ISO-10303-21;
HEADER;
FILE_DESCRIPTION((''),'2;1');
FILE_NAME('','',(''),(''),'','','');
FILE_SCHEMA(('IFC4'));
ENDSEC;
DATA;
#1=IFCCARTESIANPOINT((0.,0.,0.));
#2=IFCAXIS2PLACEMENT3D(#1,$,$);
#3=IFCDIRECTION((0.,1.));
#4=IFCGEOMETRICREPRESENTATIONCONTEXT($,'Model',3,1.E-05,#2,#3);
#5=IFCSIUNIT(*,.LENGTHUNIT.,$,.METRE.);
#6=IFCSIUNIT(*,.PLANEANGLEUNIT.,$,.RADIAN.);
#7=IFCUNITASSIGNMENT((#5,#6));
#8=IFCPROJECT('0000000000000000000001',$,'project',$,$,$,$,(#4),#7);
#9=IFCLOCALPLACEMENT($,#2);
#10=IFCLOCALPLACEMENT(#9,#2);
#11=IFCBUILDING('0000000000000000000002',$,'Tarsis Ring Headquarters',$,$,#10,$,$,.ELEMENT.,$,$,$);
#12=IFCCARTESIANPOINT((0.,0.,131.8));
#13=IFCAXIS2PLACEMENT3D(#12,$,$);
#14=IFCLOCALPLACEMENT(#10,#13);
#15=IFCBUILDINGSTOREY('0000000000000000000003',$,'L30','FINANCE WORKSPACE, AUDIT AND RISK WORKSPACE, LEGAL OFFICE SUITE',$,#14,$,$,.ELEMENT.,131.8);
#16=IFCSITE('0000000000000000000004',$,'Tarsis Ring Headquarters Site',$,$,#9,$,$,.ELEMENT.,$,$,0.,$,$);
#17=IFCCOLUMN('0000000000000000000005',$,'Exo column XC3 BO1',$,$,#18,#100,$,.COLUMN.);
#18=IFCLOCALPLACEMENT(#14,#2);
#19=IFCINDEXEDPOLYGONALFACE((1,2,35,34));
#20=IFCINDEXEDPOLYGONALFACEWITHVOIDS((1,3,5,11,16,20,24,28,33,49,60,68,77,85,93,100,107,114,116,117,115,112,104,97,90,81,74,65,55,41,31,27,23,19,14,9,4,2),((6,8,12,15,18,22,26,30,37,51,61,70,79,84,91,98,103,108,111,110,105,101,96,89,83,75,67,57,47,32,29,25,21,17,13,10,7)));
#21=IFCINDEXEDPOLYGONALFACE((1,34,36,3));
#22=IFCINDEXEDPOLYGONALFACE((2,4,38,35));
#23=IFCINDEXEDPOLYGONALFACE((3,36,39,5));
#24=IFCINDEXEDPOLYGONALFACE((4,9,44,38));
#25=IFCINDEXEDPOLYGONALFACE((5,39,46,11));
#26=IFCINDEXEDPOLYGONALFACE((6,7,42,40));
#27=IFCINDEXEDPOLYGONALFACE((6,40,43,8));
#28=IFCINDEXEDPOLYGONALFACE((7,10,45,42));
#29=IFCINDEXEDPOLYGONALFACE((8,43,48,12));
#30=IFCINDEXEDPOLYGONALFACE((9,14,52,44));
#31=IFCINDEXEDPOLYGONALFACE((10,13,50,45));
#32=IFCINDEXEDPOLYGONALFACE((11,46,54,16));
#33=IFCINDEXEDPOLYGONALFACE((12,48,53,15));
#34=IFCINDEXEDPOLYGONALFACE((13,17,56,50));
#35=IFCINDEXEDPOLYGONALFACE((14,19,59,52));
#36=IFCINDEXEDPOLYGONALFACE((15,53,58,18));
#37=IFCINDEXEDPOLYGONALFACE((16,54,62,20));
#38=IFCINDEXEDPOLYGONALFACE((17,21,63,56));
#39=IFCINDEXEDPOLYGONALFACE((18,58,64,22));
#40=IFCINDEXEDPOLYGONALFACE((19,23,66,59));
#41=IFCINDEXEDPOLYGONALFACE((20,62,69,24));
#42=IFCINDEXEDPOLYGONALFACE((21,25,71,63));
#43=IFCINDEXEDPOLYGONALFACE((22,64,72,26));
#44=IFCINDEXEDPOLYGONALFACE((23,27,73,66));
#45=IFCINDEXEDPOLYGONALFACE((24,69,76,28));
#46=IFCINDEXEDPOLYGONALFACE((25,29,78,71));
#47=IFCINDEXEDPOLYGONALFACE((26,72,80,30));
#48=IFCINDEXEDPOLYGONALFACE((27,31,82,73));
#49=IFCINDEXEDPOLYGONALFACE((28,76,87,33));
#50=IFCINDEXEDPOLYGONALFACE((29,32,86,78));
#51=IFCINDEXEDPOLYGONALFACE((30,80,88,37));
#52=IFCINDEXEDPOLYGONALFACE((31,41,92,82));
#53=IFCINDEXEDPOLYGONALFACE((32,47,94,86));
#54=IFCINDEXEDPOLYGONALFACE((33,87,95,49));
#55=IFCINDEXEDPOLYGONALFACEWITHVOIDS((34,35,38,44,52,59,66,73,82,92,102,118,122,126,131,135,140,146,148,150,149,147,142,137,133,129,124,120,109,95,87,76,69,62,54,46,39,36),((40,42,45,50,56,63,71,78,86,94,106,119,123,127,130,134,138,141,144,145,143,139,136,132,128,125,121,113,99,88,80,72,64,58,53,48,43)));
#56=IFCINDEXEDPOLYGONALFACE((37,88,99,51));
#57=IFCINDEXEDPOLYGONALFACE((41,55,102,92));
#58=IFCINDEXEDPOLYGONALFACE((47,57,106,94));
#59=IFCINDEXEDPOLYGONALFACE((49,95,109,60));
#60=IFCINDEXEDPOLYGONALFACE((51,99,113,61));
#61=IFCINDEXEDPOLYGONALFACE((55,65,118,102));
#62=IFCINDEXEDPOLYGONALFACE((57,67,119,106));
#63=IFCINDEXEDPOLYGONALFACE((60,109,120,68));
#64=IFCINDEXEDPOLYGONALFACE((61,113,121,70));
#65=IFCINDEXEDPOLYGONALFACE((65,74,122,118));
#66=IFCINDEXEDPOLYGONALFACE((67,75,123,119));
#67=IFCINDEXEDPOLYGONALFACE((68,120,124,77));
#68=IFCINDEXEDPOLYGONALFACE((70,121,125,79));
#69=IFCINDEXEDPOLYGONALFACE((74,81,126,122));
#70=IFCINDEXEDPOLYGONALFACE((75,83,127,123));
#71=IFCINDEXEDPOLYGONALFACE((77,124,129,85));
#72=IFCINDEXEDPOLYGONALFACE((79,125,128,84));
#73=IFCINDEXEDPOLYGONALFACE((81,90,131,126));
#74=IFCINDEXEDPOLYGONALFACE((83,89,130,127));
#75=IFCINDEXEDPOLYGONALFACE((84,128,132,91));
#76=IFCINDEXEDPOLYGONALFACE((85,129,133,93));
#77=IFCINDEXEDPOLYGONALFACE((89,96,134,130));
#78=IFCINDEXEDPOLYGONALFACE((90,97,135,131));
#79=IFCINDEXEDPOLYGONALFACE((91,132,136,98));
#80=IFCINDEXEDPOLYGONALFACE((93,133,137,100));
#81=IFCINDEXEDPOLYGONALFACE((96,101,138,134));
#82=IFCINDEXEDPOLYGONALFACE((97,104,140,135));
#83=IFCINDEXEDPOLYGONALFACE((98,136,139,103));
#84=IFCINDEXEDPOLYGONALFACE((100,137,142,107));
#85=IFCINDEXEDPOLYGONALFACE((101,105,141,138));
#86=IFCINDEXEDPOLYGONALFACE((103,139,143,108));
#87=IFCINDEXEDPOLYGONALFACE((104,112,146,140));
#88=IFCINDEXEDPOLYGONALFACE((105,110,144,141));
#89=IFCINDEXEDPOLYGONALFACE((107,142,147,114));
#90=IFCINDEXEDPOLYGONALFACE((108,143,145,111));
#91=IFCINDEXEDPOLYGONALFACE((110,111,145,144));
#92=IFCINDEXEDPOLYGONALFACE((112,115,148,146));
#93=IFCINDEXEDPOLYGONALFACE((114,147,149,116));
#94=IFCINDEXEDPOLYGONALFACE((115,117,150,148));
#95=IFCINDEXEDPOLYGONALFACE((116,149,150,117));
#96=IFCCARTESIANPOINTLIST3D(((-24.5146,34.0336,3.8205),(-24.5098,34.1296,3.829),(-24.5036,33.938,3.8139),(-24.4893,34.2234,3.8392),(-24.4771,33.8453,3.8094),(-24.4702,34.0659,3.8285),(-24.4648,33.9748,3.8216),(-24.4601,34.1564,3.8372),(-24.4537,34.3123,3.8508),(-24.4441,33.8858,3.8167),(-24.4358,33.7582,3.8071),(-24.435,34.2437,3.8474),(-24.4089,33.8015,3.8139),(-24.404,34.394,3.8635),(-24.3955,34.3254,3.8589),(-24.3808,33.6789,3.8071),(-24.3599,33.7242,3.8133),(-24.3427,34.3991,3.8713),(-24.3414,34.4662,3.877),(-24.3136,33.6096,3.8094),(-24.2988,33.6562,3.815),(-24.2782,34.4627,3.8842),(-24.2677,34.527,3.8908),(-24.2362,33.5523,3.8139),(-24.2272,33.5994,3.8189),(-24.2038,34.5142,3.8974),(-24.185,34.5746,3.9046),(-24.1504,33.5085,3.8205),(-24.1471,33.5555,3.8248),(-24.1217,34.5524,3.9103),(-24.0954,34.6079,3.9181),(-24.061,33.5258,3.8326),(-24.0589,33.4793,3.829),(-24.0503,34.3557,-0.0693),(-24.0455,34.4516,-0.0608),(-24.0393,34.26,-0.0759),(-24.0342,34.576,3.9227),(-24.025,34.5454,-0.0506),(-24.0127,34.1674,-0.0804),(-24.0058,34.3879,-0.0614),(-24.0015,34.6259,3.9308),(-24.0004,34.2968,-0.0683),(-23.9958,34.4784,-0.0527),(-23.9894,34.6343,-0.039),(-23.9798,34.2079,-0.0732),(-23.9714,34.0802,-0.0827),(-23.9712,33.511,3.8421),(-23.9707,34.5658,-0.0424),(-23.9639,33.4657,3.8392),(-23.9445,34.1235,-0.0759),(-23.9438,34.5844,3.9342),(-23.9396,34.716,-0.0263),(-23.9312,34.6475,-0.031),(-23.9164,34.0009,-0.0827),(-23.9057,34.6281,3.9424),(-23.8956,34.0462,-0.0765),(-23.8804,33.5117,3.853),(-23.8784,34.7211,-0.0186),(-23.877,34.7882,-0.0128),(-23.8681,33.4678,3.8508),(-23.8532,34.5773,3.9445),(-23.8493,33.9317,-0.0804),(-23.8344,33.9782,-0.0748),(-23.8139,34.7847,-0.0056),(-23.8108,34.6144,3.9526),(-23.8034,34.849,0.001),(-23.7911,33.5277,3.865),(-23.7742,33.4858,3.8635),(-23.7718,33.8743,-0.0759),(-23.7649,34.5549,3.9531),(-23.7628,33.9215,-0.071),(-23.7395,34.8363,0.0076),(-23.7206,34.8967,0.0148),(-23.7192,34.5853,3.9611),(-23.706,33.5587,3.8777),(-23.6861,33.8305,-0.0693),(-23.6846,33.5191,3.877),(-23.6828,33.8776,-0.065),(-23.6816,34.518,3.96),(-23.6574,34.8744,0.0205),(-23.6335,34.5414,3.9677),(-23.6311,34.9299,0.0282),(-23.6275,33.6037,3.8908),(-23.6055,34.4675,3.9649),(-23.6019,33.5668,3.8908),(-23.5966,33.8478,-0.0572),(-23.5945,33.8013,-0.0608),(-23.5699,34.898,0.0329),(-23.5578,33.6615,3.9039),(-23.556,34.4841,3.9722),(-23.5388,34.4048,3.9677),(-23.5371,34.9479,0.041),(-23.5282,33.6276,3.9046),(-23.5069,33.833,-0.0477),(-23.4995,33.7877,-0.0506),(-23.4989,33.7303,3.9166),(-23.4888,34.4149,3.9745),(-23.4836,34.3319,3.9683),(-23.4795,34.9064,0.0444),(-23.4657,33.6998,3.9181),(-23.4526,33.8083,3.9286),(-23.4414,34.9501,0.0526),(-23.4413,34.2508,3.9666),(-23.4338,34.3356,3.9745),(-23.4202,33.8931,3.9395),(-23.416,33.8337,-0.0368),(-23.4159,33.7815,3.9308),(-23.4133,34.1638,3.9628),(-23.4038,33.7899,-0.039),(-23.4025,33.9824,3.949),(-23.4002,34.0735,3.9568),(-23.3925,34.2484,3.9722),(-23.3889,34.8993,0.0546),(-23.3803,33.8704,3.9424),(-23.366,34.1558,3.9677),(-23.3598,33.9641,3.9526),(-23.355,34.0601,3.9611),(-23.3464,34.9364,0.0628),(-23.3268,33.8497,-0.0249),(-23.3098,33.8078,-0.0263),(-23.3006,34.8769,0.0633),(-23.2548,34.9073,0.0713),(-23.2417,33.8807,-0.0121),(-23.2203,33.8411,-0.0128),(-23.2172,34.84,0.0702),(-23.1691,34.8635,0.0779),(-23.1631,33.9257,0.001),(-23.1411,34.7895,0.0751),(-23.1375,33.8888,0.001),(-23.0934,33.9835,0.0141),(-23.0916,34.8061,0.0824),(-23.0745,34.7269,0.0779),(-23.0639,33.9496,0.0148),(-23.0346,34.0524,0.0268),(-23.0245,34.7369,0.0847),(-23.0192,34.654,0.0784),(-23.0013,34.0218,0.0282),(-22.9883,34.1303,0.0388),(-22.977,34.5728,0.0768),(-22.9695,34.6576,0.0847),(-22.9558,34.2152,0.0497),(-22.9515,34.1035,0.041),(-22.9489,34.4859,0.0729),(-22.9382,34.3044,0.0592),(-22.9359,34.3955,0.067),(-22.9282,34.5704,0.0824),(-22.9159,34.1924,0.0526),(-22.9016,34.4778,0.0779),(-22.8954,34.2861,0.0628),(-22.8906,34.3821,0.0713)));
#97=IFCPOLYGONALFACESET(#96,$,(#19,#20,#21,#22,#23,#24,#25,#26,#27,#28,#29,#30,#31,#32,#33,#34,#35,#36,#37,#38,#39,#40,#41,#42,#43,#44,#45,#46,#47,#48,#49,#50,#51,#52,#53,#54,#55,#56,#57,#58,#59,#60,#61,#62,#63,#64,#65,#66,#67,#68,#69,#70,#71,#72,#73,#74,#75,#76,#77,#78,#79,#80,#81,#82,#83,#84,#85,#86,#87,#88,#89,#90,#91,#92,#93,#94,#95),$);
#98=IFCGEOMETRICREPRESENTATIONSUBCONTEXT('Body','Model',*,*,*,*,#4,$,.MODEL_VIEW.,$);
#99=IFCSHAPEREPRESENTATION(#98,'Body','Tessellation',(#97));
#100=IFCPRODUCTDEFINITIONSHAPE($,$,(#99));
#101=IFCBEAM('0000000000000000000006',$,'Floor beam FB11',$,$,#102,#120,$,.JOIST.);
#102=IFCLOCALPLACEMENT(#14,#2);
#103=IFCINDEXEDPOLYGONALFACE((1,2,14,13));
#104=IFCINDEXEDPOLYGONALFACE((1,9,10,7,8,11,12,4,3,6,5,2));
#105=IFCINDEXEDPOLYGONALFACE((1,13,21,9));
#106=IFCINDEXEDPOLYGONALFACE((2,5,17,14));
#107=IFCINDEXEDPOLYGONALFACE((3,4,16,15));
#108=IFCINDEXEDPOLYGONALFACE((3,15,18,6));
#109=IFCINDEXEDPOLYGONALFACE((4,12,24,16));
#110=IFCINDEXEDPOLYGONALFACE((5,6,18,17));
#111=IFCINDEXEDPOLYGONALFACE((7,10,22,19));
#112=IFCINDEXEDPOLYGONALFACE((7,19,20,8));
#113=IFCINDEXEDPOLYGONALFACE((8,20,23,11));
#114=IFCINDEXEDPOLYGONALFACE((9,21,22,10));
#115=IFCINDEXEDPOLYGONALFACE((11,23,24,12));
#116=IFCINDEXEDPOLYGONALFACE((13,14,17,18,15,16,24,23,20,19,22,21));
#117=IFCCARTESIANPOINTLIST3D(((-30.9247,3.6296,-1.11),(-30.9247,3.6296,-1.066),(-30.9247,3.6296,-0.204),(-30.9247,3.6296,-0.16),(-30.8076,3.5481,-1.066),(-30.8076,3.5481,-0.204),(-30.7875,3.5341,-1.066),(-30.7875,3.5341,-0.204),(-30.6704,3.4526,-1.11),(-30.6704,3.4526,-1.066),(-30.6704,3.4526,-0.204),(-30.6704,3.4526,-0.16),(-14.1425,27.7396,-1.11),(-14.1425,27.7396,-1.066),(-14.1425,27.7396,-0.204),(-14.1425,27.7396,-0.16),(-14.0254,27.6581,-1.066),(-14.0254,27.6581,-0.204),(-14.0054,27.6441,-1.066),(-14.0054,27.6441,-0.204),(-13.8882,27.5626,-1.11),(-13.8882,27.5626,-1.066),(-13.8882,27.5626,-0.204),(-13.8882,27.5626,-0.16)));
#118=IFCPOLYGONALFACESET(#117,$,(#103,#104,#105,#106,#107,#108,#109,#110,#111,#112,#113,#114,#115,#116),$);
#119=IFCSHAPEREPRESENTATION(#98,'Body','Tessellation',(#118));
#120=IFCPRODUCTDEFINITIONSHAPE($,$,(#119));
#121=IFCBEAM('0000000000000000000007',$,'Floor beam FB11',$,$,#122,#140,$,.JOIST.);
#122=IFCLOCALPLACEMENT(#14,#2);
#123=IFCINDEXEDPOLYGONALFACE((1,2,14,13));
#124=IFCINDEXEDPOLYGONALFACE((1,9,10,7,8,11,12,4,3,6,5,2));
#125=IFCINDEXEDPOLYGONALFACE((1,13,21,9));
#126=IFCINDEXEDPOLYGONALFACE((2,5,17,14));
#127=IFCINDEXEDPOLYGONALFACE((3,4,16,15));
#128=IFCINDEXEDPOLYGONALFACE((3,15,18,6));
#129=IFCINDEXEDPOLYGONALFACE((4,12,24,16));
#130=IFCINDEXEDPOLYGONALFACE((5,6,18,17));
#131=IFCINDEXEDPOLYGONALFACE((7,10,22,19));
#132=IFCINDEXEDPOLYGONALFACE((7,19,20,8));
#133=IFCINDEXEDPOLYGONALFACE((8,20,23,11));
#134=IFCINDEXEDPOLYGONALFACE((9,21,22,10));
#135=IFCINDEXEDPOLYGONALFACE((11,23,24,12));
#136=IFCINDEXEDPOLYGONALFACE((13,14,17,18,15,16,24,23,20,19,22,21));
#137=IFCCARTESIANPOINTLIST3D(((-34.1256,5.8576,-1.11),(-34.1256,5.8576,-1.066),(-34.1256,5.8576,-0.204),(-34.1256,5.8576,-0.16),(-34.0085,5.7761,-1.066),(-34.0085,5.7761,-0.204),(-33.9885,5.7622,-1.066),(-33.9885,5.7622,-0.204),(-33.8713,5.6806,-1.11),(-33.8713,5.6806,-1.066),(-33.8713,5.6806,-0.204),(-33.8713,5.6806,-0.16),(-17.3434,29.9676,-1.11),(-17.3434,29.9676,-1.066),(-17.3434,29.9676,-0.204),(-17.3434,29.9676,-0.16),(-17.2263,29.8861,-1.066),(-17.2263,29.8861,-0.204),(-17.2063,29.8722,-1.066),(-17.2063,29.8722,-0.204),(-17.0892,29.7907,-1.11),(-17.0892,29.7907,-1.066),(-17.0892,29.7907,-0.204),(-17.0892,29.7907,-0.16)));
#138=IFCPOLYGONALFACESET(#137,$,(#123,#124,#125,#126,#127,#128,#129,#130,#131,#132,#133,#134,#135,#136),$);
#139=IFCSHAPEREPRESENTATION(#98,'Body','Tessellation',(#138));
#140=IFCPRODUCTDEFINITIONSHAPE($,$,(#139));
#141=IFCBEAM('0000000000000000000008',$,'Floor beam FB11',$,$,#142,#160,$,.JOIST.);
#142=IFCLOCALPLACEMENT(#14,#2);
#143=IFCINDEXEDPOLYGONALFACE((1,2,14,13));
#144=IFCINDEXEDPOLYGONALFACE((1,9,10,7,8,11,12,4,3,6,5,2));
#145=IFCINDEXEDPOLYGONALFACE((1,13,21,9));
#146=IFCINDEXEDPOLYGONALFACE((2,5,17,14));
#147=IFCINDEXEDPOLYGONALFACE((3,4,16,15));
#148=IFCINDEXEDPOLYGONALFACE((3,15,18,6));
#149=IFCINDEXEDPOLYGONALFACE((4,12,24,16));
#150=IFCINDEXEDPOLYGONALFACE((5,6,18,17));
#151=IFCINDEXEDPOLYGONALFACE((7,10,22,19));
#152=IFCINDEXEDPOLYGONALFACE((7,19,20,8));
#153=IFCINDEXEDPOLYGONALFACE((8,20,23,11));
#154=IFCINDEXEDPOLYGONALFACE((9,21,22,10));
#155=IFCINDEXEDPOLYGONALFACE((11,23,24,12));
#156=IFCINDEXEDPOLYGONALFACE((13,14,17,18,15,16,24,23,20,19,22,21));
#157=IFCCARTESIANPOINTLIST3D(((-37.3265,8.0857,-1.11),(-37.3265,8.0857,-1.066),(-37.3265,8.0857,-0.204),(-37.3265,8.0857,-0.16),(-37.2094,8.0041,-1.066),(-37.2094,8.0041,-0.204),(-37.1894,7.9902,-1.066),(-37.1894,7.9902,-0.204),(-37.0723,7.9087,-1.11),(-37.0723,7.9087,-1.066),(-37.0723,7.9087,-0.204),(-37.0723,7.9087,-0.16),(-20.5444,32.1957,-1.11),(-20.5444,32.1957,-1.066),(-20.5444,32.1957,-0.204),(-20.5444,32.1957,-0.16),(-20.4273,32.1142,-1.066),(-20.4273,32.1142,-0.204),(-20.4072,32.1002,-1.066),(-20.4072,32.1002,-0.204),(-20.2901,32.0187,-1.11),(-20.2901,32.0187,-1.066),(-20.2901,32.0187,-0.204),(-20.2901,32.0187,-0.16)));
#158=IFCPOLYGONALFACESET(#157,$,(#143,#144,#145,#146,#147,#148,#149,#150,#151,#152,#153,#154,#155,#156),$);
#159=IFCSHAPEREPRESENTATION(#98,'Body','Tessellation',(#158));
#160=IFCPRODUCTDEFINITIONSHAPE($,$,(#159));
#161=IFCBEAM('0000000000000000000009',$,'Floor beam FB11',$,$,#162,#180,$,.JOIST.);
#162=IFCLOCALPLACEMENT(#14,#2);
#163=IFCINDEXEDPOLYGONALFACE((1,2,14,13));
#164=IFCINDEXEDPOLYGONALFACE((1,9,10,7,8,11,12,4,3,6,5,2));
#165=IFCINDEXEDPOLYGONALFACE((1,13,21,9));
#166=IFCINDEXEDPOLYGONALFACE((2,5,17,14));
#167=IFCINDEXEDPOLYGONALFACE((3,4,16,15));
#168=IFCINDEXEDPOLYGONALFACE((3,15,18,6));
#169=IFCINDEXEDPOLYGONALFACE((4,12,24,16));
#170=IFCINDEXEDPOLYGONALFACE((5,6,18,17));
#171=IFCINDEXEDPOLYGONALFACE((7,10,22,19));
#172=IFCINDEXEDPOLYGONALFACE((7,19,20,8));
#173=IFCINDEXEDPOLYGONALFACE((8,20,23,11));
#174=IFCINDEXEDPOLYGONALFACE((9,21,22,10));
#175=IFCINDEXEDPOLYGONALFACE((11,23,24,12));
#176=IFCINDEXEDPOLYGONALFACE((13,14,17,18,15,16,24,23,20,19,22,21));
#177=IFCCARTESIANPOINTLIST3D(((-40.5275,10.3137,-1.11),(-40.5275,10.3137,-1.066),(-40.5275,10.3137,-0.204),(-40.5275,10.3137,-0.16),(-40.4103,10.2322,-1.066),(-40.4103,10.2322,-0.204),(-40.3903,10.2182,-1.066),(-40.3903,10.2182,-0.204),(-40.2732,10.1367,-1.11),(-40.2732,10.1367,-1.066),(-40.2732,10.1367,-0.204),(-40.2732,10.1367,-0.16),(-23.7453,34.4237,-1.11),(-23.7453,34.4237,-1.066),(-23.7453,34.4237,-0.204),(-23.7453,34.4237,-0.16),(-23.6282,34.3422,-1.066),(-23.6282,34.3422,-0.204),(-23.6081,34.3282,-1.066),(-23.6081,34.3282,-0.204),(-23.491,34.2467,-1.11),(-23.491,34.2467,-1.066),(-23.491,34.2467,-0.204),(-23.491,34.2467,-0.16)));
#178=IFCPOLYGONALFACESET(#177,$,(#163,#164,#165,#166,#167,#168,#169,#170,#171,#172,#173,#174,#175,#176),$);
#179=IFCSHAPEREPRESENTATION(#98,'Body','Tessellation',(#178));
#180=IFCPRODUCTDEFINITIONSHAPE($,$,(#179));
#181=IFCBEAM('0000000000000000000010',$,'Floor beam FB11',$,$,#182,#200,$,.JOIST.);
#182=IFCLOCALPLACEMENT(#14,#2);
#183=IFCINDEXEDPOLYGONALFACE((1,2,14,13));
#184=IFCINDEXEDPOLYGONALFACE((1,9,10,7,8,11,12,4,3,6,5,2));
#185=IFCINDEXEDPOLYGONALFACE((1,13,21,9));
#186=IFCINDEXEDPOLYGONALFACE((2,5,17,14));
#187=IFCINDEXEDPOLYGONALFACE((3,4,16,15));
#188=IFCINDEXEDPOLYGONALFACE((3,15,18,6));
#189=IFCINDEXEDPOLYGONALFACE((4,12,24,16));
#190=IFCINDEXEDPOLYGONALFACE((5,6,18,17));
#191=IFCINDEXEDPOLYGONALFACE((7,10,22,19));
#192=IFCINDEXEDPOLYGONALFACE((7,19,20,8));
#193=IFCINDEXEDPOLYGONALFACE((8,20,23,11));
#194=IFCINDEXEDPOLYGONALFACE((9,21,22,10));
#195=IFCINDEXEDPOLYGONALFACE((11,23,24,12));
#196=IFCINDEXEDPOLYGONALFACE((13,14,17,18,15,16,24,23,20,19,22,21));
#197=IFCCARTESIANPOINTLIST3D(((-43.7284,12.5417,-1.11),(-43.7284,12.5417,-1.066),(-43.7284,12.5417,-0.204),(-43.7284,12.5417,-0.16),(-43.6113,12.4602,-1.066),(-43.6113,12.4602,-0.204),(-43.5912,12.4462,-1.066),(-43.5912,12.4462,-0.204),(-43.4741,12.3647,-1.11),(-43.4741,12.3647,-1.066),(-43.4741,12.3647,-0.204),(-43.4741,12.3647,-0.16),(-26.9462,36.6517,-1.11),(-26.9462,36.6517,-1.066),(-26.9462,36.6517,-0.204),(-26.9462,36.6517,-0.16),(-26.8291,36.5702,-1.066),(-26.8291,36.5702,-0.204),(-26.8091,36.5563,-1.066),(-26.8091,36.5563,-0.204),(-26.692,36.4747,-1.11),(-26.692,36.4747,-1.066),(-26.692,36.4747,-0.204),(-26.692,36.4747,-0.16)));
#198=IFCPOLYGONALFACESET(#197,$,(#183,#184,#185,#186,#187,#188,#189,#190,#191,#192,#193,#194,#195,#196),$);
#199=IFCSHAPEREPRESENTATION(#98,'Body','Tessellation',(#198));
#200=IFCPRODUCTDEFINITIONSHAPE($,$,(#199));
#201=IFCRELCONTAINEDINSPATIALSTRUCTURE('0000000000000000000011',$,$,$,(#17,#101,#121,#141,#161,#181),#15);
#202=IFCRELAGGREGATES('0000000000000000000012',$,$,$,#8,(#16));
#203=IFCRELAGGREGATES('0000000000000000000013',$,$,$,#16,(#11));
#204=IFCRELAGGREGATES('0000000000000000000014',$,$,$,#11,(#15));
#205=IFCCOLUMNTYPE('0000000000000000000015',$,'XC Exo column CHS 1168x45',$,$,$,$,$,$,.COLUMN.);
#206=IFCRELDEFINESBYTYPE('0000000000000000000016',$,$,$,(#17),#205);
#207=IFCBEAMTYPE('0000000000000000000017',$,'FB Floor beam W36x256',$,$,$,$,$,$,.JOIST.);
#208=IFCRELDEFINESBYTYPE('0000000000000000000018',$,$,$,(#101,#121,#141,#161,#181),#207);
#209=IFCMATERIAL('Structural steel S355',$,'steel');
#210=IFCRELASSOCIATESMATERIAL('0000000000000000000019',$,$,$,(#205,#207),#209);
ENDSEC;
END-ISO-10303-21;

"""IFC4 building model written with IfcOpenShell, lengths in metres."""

from ifc_helpers import new_model, si_unit, direction, frame, origin, origin_2d, place, context, subcontext, project, spatial, hollow_circle, i_section, extrude, material, material_profile, profile_set, type_object, element, save


model = new_model("IFC4")

# Units and contexts
model_context = context("Model", 3, precision=1e-05, world=origin(), true_north=direction((0.0, 1.0)))
body_context = subcontext(model_context, "Body", "Model", "MODEL_VIEW")
ifc_project = project(units=[si_unit("LENGTHUNIT", "METRE"), si_unit("PLANEANGLEUNIT", "RADIAN")], contexts=[model_context])

# Site, building, storey
site_placement = place(None, origin())
site = spatial("IfcSite", under=ifc_project, at=site_placement, Name="Tarsis Ring Headquarters Site", CompositionType="ELEMENT", RefElevation=0.0)
building_placement = place(site_placement, origin())
building = spatial("IfcBuilding", under=site, at=building_placement, Name="Tarsis Ring Headquarters", CompositionType="ELEMENT")
storey_placement = place(building_placement, frame((0.0, 0.0, 131.8)))
storey = spatial("IfcBuildingStorey", under=building, at=storey_placement, Name="L30", Description="FINANCE WORKSPACE, AUDIT AND RISK WORKSPACE, LEGAL OFFICE SUITE", CompositionType="ELEMENT", Elevation=131.8)

# Column
ifc_material_1 = material(Name="Structural steel S355", Category="steel")
ifc_material_profile_1 = material_profile(ifc_material_1, hollow_circle(Radius=0.5842, WallThickness=0.0449, at=origin_2d()), Name="CHS 1168x45")
ifc_profile_set_1 = profile_set([ifc_material_profile_1], Name="Structural steel S355")
column_type = type_object("IfcColumnType", Name="XC Exo column CHS 1168x45", PredefinedType="COLUMN", material=ifc_profile_set_1)
column_placement = place(storey_placement, frame((-23.4705, 34.3689, 0.001), z_axis=(-0.118135, -0.081924, 0.989612), x_axis=(0.569861, -0.821741, 0.0)))
element("IfcColumn", 1, at=column_placement, inside=storey, type_object=column_type, Name="Exo column XC3 BO1", PredefinedType="COLUMN", context=body_context, shape_type="SweptSolid", body=[
    extrude(hollow_circle(Radius=0.5842, WallThickness=0.0449, at=origin_2d()), origin(), (0.0, 0.0, 1.0), 3.9307),
])

# Beams
ifc_material_profile_2 = material_profile(ifc_material_1, i_section(OverallWidth=0.3098, OverallDepth=0.95, WebThickness=0.0244, FlangeThickness=0.0439, at=origin_2d()), Name="W36x256")
ifc_profile_set_2 = profile_set([ifc_material_profile_2], Name="Structural steel S355")
beam_type_1 = type_object("IfcBeamType", Name="FB Floor beam W36x256", PredefinedType="JOIST", material=ifc_profile_set_2)
for number, where, z_axis, x_axis, name in (
    (2, (-14.0154, 27.6511, -0.635), (-0.571293, -0.820746, 0.0), (0.820746, -0.571293, 0.0), "Floor beam FB11"),
    (3, (-17.2163, 29.8792, -0.635), (-0.571293, -0.820746, 0.0), (0.820746, -0.571293, 0.0), "Floor beam FB11"),
    (4, (-20.4172, 32.1072, -0.635), (-0.571293, -0.820746, 0.0), (0.820746, -0.571293, 0.0), "Floor beam FB11"),
    (5, (-23.6182, 34.3352, -0.635), (-0.571293, -0.820746, 0.0), (0.820746, -0.571293, 0.0), "Floor beam FB11"),
    (6, (-26.8191, 36.5632, -0.635), (-0.571293, -0.820746, 0.0), (0.820746, -0.571293, 0.0), "Floor beam FB11"),
):
    element("IfcBeam", number, at=place(storey_placement, frame(where, z_axis=z_axis, x_axis=x_axis)), inside=storey, type_object=beam_type_1, Name=name, PredefinedType="JOIST", context=body_context, shape_type="SweptSolid", body=[
        extrude(i_section(OverallWidth=0.3098, OverallDepth=0.95, WebThickness=0.0244, FlangeThickness=0.0439, at=origin_2d()), origin(), (0.0, 0.0, 1.0), 29.3757),
    ])

save(model, "model.ifc")
